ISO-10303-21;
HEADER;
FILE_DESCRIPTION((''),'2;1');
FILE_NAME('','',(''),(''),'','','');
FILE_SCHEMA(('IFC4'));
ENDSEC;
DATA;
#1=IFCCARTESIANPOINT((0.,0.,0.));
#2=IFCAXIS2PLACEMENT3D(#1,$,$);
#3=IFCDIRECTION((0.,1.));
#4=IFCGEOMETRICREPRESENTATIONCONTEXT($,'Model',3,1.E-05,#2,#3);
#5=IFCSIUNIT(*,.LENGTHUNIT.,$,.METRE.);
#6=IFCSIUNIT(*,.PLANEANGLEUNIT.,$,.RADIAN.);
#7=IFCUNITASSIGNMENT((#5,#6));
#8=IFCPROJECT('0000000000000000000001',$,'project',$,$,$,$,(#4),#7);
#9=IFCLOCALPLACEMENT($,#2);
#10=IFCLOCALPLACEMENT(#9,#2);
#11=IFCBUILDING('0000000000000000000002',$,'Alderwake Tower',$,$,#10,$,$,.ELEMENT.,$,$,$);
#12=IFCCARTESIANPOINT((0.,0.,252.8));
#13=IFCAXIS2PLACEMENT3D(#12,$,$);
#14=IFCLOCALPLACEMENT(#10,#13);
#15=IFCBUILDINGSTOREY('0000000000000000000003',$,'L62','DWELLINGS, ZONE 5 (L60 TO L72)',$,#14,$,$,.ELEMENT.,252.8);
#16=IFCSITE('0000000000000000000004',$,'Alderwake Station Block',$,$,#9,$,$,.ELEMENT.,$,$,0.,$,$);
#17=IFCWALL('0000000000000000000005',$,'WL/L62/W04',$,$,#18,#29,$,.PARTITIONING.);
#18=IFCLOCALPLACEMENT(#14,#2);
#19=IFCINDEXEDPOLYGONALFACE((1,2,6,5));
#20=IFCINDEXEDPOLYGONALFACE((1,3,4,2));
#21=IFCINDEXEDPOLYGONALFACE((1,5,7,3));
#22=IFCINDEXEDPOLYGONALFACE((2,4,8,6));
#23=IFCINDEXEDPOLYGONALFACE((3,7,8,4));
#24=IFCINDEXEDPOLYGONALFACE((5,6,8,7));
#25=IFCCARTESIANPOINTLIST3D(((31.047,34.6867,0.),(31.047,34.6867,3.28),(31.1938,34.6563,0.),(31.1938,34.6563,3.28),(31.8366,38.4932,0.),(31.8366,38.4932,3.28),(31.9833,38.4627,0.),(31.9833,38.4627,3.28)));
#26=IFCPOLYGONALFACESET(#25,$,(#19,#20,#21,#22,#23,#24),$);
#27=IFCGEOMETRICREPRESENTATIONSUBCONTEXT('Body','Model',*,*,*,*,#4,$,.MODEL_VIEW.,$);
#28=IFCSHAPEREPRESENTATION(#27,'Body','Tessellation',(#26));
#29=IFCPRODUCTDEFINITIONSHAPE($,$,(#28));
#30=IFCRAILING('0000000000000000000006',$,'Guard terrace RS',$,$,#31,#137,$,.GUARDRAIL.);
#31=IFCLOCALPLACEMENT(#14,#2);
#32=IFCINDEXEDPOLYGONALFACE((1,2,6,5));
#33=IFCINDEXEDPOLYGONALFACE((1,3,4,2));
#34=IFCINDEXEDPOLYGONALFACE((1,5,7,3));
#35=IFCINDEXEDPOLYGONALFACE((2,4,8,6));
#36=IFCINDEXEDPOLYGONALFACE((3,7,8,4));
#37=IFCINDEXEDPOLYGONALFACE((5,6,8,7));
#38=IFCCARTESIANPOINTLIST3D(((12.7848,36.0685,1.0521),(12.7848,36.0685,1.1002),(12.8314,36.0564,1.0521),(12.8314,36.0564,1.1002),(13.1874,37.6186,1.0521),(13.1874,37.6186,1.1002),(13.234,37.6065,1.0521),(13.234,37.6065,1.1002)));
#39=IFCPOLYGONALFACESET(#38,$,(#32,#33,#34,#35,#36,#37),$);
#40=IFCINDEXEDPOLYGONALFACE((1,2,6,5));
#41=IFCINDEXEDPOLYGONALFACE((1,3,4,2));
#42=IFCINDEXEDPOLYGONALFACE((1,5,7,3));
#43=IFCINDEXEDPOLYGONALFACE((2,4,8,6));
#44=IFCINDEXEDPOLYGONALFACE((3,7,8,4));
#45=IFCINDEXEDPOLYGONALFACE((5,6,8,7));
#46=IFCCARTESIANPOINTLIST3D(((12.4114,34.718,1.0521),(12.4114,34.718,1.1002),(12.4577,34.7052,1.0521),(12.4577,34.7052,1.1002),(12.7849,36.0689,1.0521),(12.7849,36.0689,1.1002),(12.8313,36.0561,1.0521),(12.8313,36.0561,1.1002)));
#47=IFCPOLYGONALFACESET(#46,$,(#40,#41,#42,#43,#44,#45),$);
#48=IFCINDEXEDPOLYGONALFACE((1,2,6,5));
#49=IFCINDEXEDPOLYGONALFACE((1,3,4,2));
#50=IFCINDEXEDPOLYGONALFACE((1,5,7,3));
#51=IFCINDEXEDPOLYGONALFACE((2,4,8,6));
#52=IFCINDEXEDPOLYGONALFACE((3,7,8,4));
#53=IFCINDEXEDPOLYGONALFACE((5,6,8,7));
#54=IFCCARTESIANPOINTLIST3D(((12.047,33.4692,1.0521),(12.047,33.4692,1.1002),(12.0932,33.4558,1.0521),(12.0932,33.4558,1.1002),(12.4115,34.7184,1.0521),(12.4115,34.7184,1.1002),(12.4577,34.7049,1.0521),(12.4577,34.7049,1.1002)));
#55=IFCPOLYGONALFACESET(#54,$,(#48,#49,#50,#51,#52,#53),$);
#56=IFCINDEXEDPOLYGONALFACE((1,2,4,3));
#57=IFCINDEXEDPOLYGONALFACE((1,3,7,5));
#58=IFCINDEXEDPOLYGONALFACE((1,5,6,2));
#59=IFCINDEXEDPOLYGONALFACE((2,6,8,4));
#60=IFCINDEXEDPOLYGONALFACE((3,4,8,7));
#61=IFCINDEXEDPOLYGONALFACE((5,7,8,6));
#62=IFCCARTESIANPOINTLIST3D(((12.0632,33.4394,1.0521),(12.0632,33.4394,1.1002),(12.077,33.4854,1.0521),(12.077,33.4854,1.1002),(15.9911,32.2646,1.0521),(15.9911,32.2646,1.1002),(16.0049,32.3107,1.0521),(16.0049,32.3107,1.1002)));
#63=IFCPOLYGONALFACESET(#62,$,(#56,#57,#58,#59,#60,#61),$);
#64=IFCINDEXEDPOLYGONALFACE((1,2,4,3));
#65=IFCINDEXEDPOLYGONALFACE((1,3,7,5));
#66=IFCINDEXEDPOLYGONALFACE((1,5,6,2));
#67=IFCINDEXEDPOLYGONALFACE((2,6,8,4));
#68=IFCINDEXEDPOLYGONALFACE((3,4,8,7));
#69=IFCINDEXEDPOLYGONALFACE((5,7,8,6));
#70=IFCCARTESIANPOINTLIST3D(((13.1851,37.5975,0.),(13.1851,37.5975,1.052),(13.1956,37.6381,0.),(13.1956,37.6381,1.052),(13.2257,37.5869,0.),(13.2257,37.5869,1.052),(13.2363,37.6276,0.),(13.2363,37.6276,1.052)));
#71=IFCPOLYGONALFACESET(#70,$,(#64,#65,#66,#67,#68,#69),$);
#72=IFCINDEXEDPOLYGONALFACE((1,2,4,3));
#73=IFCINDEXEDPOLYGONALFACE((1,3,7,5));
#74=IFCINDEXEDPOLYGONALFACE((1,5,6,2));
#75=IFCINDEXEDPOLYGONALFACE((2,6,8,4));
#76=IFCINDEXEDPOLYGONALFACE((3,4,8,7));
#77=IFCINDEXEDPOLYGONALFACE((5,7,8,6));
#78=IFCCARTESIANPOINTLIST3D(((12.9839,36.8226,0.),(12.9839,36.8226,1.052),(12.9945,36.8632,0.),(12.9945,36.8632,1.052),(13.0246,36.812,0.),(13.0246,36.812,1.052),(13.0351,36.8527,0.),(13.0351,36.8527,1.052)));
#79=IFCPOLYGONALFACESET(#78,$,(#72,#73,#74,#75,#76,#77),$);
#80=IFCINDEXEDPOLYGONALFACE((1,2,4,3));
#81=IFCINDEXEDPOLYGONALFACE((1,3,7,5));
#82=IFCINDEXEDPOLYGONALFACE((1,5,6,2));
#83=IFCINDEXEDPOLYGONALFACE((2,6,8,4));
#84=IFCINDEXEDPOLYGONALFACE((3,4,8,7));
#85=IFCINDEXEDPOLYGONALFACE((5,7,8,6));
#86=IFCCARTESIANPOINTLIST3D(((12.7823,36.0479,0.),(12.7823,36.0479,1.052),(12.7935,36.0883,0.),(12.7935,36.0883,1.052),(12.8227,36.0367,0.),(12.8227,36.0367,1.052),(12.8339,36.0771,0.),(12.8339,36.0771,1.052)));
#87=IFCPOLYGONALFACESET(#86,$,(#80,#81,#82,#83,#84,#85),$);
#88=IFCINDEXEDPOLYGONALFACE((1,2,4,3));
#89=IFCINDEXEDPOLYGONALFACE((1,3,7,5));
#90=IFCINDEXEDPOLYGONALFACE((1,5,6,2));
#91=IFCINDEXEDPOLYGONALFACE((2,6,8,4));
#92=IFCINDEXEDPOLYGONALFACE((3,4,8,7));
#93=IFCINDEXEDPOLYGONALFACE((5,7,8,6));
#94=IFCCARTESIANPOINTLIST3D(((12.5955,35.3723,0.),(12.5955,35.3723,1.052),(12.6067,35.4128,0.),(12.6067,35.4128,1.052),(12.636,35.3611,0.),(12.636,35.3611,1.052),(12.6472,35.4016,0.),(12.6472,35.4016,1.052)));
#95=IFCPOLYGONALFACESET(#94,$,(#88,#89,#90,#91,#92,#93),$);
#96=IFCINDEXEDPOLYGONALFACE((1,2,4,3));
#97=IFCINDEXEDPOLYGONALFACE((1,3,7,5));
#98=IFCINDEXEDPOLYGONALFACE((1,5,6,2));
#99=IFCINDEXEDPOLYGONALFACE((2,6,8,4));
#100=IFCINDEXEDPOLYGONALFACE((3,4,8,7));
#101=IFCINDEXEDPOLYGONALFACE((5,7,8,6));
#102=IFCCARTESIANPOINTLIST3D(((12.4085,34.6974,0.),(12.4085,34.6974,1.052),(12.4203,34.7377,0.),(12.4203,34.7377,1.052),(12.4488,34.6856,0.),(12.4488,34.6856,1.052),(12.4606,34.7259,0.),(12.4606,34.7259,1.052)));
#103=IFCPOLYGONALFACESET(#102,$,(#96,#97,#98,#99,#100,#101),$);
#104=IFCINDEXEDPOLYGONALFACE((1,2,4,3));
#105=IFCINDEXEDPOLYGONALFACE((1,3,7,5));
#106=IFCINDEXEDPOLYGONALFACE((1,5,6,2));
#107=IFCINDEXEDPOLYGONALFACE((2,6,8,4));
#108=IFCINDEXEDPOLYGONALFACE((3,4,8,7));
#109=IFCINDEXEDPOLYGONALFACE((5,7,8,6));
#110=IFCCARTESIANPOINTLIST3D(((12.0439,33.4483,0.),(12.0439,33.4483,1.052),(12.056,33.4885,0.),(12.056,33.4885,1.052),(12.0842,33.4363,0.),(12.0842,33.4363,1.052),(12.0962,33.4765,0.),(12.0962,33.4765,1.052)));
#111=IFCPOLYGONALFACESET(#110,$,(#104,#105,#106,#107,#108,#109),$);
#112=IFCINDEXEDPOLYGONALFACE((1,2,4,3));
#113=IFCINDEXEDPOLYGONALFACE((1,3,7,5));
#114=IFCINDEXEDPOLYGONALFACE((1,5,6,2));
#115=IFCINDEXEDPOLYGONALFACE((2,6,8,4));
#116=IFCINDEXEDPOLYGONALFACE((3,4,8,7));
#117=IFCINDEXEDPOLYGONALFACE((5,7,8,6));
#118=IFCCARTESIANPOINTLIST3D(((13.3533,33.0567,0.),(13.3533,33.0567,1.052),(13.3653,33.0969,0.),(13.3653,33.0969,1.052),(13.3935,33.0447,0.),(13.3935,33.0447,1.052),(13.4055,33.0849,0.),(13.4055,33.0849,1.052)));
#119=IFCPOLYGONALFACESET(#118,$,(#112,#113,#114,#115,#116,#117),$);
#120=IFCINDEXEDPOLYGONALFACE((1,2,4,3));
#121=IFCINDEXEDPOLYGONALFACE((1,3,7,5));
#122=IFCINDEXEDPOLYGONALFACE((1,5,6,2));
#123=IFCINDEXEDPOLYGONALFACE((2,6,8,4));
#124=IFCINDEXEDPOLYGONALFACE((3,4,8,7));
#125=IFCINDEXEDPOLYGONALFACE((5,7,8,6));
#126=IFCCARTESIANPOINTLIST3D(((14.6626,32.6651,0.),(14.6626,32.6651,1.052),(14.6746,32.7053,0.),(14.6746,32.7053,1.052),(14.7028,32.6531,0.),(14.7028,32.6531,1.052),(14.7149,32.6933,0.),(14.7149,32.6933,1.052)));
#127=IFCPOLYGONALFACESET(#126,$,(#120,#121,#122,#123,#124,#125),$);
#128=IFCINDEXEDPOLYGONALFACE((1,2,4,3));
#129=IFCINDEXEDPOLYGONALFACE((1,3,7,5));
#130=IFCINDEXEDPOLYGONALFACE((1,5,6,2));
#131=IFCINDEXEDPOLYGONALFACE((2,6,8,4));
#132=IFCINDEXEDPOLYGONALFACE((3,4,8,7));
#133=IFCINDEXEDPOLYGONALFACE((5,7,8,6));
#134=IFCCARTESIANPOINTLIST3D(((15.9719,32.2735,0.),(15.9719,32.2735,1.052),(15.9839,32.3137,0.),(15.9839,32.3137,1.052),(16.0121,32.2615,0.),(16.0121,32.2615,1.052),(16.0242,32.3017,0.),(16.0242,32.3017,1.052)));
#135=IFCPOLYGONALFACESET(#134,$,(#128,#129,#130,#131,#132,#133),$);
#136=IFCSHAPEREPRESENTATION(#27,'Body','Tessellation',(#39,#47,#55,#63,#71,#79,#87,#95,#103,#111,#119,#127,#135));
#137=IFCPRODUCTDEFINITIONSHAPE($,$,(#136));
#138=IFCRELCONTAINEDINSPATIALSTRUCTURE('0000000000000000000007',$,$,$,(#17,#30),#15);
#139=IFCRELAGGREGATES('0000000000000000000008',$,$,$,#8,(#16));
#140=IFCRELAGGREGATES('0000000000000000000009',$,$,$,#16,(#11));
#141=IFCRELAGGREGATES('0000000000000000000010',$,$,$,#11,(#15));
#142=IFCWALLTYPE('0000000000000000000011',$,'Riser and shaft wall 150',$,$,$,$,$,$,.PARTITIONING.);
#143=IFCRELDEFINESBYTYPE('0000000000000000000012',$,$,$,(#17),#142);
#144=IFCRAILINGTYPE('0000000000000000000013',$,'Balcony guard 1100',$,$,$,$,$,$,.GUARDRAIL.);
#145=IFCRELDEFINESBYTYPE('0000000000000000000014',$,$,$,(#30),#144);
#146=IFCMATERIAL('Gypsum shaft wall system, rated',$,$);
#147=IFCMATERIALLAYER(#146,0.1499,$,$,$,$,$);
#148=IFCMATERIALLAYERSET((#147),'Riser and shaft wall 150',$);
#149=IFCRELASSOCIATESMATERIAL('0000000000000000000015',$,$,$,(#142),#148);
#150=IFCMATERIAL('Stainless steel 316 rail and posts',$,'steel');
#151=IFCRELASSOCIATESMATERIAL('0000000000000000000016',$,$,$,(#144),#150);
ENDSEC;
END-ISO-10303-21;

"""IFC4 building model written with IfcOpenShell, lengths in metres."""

from ifc_helpers import new_model, si_unit, direction, frame, frame_2d, origin, origin_2d, place, context, subcontext, project, spatial, rectangle, extrude, material, layer, layer_set, type_object, element, save


model = new_model("IFC4")

# Units and contexts
model_context = context("Model", 3, precision=1e-05, world=origin(), true_north=direction((0.0, 1.0)))
body_context = subcontext(model_context, "Body", "Model", "MODEL_VIEW")
ifc_project = project(units=[si_unit("LENGTHUNIT", "METRE"), si_unit("PLANEANGLEUNIT", "RADIAN")], contexts=[model_context])

# Site, building, storey
site_placement = place(None, origin())
site = spatial("IfcSite", under=ifc_project, at=site_placement, Name="Alderwake Station Block", CompositionType="ELEMENT", RefElevation=0.0)
building_placement = place(site_placement, origin())
building = spatial("IfcBuilding", under=site, at=building_placement, Name="Alderwake Tower", CompositionType="ELEMENT")
storey_placement = place(building_placement, frame((0.0, 0.0, 252.8)))
storey = spatial("IfcBuildingStorey", under=building, at=storey_placement, Name="L62", Description="DWELLINGS, ZONE 5 (L60 TO L72)", CompositionType="ELEMENT", Elevation=252.8)

# Wall
ifc_material_1 = material(Name="Gypsum shaft wall system, rated")
ifc_layer_1 = layer(ifc_material_1, 0.1499)
ifc_layer_set_1 = layer_set([ifc_layer_1], Name="Riser and shaft wall 150")
wall_type_1 = type_object("IfcWallType", Name="Riser and shaft wall 150", PredefinedType="PARTITIONING", material=ifc_layer_set_1)
wall_1_placement = place(storey_placement, frame((31.1204, 34.6714, 0.0), z_axis=(0.0, 0.0, 1.0), x_axis=(0.203104, 0.979157, 0.0)))
element("IfcWall", 1, at=wall_1_placement, inside=storey, type_object=wall_type_1, Name="WL/L62/W04", PredefinedType="PARTITIONING", context=body_context, shape_type="SweptSolid", body=[
    extrude(rectangle(XDim=3.8875, YDim=0.1499, at=frame_2d((1.9438, 0.0))), origin(), (0.0, 0.0, 1.0), 3.28),
])

# Railing
ifc_material_2 = material(Name="Stainless steel 316 rail and posts", Category="steel")
railing_type = type_object("IfcRailingType", Name="Balcony guard 1100", PredefinedType="GUARDRAIL", material=ifc_material_2)
railing_placement = place(storey_placement, frame((13.2107, 37.6125, 0.0)))
element("IfcRailing", 2, at=railing_placement, inside=storey, type_object=railing_type, Name="Guard terrace RS", PredefinedType="GUARDRAIL", context=body_context, shape_type="SweptSolid", body=[
    extrude(rectangle(XDim=0.0481, YDim=0.0481, at=origin_2d()), frame((0.0, 0.0, 1.0762), z_axis=(-0.251385, -0.967887, 0.0), x_axis=(0.967887, -0.251385, 0.0)), (0.0, 0.0, 1.0), 1.6016),
    extrude(rectangle(XDim=0.0481, YDim=0.0481, at=origin_2d()), frame((-0.4026, -1.55, 1.0762), z_axis=(-0.266521, -0.963829, 0.0), x_axis=(0.963829, -0.266521, 0.0)), (0.0, 0.0, 1.0), 1.4016),
    extrude(rectangle(XDim=0.0481, YDim=0.0481, at=origin_2d()), frame((-0.7761, -2.9009, 1.0762), z_axis=(-0.280094, -0.959973, 0.0), x_axis=(0.959973, -0.280094, 0.0)), (0.0, 0.0, 1.0), 1.3013),
    extrude(rectangle(XDim=0.0481, YDim=0.0481, at=origin_2d()), frame((-1.1406, -4.1501, 1.0762), z_axis=(0.958067, -0.286545, 0.0), x_axis=(0.286545, 0.958067, 0.0)), (0.0, 0.0, 1.0), 4.0999),
    extrude(rectangle(XDim=0.042, YDim=0.042, at=origin_2d()), frame((0.0, 0.0, 0.0), z_axis=(0.0, 0.0, 1.0), x_axis=(-0.251385, -0.967887, 0.0)), (0.0, 0.0, 1.0), 1.052),
    extrude(rectangle(XDim=0.042, YDim=0.042, at=origin_2d()), frame((-0.2012, -0.7749, 0.0), z_axis=(0.0, 0.0, 1.0), x_axis=(-0.251385, -0.967887, 0.0)), (0.0, 0.0, 1.0), 1.052),
    extrude(rectangle(XDim=0.042, YDim=0.042, at=origin_2d()), frame((-0.4026, -1.55, 0.0), z_axis=(0.0, 0.0, 1.0), x_axis=(-0.266521, -0.963829, 0.0)), (0.0, 0.0, 1.0), 1.052),
    extrude(rectangle(XDim=0.042, YDim=0.042, at=origin_2d()), frame((-0.5894, -2.2256, 0.0), z_axis=(0.0, 0.0, 1.0), x_axis=(-0.266521, -0.963829, 0.0)), (0.0, 0.0, 1.0), 1.052),
    extrude(rectangle(XDim=0.042, YDim=0.042, at=origin_2d()), frame((-0.7761, -2.9009, 0.0), z_axis=(0.0, 0.0, 1.0), x_axis=(-0.280094, -0.959973, 0.0)), (0.0, 0.0, 1.0), 1.052),
    extrude(rectangle(XDim=0.042, YDim=0.042, at=origin_2d()), frame((-1.1406, -4.1501, 0.0), z_axis=(0.0, 0.0, 1.0), x_axis=(0.958067, -0.286545, 0.0)), (0.0, 0.0, 1.0), 1.052),
    extrude(rectangle(XDim=0.042, YDim=0.042, at=origin_2d()), frame((0.1687, -4.5417, 0.0), z_axis=(0.0, 0.0, 1.0), x_axis=(0.958067, -0.286545, 0.0)), (0.0, 0.0, 1.0), 1.052),
    extrude(rectangle(XDim=0.042, YDim=0.042, at=origin_2d()), frame((1.478, -4.9333, 0.0), z_axis=(0.0, 0.0, 1.0), x_axis=(0.958067, -0.286545, 0.0)), (0.0, 0.0, 1.0), 1.052),
    extrude(rectangle(XDim=0.042, YDim=0.042, at=origin_2d()), frame((2.7874, -5.325, 0.0), z_axis=(0.0, 0.0, 1.0), x_axis=(0.958067, -0.286545, 0.0)), (0.0, 0.0, 1.0), 1.052),
])

save(model, "model.ifc")
